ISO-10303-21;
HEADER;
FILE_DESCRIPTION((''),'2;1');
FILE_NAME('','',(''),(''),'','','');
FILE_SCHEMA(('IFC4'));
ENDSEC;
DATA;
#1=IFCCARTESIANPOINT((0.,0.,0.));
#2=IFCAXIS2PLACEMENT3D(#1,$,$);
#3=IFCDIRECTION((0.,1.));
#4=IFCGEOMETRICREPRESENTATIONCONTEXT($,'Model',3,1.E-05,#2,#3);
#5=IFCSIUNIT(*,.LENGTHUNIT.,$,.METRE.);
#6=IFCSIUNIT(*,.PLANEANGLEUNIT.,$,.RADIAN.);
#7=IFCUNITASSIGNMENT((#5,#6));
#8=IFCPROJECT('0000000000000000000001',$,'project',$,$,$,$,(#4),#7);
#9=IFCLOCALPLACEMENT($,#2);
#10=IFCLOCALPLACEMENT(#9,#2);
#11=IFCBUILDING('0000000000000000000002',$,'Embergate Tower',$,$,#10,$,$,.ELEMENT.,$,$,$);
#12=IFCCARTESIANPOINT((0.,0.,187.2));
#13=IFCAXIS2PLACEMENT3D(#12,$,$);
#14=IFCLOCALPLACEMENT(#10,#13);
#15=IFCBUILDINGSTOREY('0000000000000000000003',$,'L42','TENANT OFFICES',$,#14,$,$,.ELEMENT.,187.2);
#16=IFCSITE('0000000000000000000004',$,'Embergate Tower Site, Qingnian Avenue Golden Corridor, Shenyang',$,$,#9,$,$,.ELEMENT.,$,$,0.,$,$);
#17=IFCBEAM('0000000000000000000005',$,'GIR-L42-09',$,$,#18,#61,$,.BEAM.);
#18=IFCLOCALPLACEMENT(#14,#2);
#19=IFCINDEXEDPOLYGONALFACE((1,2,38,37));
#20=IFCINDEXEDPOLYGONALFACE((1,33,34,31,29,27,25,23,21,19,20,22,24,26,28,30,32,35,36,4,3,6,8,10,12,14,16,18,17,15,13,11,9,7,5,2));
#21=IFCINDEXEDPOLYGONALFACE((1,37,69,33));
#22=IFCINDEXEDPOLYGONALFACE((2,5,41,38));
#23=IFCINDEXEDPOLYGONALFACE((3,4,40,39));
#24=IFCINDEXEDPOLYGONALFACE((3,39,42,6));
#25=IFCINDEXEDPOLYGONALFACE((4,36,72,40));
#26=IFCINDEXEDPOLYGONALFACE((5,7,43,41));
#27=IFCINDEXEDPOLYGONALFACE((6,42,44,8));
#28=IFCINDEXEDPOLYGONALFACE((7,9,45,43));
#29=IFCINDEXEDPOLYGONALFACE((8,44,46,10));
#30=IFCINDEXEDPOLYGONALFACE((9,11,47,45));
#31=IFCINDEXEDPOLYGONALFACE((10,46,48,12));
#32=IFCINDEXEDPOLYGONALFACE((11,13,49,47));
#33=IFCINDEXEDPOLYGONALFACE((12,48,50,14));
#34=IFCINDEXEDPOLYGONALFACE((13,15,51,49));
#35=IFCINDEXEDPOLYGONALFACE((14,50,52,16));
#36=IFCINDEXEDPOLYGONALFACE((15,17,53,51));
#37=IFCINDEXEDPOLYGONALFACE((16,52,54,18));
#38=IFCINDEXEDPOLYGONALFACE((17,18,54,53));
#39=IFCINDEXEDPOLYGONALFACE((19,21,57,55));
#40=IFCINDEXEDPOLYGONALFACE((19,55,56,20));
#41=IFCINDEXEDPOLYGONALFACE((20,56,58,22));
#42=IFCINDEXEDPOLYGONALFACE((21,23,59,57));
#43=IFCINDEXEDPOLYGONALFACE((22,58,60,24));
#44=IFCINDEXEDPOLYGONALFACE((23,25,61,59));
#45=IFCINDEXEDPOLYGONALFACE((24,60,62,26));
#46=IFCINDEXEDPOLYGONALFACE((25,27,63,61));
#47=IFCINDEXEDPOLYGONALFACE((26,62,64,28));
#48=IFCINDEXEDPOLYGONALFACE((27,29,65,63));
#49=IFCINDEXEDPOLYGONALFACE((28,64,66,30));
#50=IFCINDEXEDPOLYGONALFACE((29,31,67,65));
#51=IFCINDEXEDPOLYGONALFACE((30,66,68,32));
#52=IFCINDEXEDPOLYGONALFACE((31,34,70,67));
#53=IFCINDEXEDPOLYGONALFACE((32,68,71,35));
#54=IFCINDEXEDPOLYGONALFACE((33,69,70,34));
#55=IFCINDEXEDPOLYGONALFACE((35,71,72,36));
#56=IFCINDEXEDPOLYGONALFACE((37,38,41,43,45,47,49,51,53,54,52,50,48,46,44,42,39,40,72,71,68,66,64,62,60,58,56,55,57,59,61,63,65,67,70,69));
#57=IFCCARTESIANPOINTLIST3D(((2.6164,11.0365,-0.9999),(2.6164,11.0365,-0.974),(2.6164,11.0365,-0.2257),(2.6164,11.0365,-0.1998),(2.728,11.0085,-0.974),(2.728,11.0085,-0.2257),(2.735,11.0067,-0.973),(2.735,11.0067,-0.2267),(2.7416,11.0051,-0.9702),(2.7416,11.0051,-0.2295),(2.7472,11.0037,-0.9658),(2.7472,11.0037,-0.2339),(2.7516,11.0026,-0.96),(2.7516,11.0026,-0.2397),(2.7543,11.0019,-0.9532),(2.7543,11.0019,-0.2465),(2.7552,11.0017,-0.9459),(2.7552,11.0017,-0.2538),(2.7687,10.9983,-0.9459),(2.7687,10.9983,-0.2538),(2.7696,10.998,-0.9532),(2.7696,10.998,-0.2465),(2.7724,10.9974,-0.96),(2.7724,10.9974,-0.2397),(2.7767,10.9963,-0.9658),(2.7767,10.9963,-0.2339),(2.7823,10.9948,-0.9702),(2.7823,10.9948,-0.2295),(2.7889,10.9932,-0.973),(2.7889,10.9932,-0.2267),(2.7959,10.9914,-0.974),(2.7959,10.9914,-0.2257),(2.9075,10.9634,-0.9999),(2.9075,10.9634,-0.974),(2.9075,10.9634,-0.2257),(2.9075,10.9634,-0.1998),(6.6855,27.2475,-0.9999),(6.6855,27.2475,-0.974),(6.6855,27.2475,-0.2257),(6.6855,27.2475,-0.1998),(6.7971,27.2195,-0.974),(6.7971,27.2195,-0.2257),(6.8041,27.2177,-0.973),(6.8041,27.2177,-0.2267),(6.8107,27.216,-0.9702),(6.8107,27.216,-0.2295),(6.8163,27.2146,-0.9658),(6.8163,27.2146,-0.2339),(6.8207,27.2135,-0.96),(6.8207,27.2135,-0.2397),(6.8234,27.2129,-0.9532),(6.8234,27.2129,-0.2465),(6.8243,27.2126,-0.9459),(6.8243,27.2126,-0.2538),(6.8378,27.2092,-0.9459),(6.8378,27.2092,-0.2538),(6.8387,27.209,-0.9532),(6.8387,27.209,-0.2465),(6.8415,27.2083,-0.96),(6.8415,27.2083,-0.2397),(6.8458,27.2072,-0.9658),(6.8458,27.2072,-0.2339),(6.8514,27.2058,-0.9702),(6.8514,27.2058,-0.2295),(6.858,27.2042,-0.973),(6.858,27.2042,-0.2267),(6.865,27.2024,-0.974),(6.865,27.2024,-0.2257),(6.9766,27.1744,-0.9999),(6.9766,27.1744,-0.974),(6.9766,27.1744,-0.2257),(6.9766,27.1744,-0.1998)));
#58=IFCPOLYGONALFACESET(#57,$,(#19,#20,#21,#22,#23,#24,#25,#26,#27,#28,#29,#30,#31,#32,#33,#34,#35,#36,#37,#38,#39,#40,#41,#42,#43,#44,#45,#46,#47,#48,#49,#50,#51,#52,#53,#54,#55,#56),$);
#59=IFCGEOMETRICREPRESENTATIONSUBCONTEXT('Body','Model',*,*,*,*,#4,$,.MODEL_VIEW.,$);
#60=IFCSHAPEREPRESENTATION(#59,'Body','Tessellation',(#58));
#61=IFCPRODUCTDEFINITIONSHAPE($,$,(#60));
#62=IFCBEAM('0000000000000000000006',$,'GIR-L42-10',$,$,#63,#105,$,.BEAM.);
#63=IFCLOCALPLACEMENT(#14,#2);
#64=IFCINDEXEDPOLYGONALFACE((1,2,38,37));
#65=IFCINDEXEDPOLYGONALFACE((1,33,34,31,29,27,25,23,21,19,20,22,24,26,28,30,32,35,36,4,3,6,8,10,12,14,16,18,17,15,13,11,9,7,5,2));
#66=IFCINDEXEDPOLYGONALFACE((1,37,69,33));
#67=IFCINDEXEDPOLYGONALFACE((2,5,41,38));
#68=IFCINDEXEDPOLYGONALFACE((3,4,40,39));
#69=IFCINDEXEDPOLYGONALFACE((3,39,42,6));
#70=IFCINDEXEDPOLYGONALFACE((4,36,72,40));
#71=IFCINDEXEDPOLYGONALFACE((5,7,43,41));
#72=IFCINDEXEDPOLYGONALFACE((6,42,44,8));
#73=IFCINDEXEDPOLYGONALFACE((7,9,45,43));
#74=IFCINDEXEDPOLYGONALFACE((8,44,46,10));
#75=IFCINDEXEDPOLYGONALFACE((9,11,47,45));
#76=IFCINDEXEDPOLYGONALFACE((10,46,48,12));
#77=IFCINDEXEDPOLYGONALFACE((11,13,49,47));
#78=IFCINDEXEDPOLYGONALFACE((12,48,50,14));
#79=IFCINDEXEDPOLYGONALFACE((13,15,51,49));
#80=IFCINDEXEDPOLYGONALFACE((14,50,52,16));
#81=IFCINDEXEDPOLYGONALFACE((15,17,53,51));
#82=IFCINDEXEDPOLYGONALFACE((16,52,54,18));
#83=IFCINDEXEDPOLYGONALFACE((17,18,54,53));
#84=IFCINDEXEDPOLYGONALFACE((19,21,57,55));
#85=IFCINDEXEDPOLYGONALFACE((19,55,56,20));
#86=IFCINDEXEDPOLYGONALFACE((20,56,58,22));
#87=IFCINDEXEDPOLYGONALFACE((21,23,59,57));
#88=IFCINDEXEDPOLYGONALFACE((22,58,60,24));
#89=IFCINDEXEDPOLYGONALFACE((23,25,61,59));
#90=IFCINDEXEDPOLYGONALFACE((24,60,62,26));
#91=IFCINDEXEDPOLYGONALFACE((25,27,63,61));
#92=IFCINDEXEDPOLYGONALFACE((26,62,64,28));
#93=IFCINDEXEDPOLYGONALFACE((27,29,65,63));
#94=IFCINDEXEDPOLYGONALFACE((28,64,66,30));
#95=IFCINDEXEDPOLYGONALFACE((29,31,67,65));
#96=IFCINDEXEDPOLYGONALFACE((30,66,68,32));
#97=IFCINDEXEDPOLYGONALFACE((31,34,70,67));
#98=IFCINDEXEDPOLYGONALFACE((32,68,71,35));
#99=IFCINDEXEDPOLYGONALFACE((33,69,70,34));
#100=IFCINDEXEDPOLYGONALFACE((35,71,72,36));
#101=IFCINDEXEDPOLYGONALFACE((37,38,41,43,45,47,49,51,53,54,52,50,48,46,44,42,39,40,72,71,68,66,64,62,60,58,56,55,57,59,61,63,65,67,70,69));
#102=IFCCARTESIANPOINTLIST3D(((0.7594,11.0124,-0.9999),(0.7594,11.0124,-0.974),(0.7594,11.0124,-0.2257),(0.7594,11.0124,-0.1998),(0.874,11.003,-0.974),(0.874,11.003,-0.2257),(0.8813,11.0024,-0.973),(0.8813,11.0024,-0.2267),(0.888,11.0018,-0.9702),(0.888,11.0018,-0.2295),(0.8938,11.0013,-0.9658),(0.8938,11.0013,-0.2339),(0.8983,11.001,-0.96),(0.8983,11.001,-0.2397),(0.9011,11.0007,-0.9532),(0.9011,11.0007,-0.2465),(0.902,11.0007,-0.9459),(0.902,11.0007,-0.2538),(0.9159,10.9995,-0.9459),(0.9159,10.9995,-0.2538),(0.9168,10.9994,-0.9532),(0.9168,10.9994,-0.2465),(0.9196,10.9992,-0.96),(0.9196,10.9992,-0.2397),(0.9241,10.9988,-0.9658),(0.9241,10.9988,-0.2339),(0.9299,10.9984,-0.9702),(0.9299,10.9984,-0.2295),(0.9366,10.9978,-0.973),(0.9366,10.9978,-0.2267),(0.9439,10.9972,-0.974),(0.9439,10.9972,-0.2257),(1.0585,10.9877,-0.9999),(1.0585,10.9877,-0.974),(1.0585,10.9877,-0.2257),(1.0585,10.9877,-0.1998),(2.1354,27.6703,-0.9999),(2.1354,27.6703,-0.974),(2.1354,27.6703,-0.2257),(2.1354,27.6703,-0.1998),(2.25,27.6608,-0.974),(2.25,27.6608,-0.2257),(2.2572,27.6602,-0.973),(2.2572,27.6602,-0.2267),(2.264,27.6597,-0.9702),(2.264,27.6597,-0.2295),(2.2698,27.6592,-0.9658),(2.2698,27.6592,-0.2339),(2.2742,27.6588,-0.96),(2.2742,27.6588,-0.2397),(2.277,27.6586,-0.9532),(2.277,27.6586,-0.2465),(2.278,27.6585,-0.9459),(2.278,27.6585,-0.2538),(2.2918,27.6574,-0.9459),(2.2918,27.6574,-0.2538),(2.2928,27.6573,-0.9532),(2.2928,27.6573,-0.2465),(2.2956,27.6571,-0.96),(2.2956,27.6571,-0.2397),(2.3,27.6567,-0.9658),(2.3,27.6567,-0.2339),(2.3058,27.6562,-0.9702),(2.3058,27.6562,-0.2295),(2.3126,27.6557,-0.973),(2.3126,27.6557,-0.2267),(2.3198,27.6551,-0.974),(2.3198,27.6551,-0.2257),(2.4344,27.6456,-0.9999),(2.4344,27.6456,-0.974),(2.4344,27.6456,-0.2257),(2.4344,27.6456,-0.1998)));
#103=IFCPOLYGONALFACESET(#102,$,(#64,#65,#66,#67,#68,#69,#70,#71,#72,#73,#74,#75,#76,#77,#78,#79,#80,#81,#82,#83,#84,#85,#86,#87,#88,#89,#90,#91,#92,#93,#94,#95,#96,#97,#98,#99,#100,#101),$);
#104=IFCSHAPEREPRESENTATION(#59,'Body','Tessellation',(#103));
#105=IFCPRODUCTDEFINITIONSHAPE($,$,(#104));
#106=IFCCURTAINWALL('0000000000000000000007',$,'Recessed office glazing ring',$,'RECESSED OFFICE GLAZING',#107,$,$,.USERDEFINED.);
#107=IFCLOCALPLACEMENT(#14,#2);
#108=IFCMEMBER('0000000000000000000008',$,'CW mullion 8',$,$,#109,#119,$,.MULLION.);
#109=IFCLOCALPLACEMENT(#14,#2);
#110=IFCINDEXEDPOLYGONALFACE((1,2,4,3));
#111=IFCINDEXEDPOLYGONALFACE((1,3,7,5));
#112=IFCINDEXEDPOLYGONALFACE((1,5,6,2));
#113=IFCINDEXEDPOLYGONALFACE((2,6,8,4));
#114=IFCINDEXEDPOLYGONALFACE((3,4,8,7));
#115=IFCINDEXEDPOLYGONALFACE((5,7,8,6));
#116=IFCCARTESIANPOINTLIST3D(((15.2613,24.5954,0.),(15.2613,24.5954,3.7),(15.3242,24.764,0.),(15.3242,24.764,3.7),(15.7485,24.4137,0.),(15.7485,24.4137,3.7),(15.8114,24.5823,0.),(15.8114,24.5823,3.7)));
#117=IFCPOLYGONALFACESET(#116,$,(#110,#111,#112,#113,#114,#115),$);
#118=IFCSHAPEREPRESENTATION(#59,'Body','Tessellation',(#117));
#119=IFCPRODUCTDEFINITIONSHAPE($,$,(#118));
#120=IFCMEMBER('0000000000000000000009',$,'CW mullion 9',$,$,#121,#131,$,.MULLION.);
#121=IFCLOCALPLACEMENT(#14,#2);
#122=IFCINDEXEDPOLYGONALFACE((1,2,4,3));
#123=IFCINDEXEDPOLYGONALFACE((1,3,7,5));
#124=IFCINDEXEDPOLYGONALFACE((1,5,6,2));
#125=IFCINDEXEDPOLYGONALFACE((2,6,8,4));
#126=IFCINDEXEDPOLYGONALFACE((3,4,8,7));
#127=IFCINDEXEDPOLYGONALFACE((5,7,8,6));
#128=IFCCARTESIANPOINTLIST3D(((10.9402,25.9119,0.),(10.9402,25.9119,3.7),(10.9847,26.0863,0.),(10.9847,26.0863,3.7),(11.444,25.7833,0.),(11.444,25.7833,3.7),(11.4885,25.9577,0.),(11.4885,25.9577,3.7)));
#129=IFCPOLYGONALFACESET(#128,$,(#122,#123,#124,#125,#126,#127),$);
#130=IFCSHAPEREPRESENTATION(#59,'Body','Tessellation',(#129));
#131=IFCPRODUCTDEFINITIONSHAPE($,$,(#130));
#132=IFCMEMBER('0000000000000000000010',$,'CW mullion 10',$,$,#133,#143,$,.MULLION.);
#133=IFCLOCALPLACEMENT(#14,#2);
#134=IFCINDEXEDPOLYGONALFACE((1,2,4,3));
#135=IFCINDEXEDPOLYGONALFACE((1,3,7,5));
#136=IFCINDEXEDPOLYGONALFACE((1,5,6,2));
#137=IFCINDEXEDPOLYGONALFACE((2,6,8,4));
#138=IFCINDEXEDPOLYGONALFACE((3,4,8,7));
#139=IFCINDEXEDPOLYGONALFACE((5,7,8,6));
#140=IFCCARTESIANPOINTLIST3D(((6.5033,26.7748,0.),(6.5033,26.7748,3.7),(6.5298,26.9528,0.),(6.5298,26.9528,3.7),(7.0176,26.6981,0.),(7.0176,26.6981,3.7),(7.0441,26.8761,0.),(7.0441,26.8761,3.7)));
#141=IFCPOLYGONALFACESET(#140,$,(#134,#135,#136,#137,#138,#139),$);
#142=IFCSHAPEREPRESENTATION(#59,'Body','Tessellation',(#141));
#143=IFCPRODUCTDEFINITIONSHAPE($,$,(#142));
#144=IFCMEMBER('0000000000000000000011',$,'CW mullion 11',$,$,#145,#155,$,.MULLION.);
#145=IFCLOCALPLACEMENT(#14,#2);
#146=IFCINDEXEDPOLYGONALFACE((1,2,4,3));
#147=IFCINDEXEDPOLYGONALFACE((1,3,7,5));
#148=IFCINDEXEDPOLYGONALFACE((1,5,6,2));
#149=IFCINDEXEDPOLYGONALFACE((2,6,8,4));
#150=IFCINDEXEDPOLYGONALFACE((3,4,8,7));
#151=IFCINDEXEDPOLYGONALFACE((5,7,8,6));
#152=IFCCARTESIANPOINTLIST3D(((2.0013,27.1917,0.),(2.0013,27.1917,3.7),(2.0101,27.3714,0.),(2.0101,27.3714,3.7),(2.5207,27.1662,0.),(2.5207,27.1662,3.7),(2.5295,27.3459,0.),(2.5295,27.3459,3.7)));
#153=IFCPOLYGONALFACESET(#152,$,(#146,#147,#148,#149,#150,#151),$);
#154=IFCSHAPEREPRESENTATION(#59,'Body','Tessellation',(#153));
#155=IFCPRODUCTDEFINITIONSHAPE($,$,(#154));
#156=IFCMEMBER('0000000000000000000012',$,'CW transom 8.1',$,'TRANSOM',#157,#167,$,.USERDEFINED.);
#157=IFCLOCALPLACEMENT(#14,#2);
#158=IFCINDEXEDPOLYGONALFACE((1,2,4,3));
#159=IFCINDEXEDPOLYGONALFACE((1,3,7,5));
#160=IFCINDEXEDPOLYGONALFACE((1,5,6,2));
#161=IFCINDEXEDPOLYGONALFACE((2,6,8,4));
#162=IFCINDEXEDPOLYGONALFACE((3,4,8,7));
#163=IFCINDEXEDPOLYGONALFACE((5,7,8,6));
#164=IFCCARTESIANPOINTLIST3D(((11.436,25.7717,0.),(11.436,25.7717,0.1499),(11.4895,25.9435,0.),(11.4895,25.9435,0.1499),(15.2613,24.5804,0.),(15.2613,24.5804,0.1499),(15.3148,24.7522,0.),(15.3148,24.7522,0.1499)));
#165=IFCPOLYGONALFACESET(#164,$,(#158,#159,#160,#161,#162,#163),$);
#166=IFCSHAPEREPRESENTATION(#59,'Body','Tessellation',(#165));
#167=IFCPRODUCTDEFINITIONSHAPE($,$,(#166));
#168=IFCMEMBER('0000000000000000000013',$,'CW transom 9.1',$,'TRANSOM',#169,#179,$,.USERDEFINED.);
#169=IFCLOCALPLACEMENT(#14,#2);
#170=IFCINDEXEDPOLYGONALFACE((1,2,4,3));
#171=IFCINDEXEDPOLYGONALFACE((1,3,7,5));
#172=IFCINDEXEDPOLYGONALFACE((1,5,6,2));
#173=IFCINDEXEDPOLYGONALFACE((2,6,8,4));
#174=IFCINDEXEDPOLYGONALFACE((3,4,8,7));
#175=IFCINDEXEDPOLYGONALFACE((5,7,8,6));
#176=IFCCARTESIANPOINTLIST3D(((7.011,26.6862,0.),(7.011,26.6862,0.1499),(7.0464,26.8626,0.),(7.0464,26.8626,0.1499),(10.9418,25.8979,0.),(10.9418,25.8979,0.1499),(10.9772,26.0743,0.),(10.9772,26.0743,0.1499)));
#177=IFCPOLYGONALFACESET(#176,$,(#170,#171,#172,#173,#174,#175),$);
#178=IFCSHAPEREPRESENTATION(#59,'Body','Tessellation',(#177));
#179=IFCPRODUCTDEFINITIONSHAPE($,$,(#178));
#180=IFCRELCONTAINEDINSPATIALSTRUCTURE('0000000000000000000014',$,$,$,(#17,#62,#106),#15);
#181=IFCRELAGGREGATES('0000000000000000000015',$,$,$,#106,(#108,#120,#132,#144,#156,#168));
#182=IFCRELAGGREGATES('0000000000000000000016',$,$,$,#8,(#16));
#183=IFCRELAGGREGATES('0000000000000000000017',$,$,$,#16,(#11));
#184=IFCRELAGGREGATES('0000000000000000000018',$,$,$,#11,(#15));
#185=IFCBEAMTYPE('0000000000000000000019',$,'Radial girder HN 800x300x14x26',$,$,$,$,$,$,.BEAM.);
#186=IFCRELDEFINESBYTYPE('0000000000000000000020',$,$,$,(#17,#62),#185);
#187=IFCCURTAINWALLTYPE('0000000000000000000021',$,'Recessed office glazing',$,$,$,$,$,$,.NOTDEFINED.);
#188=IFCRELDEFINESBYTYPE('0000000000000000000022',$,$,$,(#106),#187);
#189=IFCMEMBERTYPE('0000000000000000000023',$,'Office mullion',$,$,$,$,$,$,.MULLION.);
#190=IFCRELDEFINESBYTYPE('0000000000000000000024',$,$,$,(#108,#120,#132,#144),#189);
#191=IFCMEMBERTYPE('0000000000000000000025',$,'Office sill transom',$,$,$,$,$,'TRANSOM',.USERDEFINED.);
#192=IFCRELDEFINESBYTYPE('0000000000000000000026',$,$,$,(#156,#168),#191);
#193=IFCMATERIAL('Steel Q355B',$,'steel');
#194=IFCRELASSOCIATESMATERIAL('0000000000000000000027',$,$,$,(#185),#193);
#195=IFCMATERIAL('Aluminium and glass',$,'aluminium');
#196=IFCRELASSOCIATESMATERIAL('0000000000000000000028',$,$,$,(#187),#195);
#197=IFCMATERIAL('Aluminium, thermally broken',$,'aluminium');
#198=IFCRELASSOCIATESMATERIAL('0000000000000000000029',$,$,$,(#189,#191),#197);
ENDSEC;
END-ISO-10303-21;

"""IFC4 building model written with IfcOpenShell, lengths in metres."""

from ifc_helpers import new_model, si_unit, direction, frame, origin, origin_2d, place, context, subcontext, project, spatial, rectangle, i_section, extrude, source, transform, mapped, material, material_profile, profile_set, type_object, element, aggregate, save


model = new_model("IFC4")

# Units and contexts
model_context = context("Model", 3, precision=1e-05, world=origin(), true_north=direction((0.0, 1.0)))
body_context = subcontext(model_context, "Body", "Model", "MODEL_VIEW")
ifc_project = project(units=[si_unit("LENGTHUNIT", "METRE"), si_unit("PLANEANGLEUNIT", "RADIAN")], contexts=[model_context])

# Site, building, storey
site_placement = place(None, origin())
site = spatial("IfcSite", under=ifc_project, at=site_placement, Name="Embergate Tower Site, Qingnian Avenue Golden Corridor, Shenyang", CompositionType="ELEMENT", RefElevation=0.0)
building_placement = place(site_placement, origin())
building = spatial("IfcBuilding", under=site, at=building_placement, Name="Embergate Tower", CompositionType="ELEMENT")
storey_placement = place(building_placement, frame((0.0, 0.0, 187.2)))
storey = spatial("IfcBuildingStorey", under=building, at=storey_placement, Name="L42", Description="TENANT OFFICES", CompositionType="ELEMENT", Elevation=187.2)

# Beams
ifc_material_1 = material(Name="Steel Q355B", Category="steel")
ifc_material_profile_1 = material_profile(ifc_material_1, i_section(OverallWidth=0.3, OverallDepth=0.8, WebThickness=0.0139, FlangeThickness=0.0259, FilletRadius=0.0281, at=origin_2d()), Name="HN 800x300x14x26")
ifc_profile_set_1 = profile_set([ifc_material_profile_1], Name="Steel Q355 grade B")
beam_type_1 = type_object("IfcBeamType", Name="Radial girder HN 800x300x14x26", PredefinedType="BEAM", material=ifc_profile_set_1)
shared_shape_1 = source(origin(), body_context, "Body", "SweptSolid", [
    extrude(i_section(OverallWidth=0.3, OverallDepth=0.8, WebThickness=0.0139, FlangeThickness=0.0259, FilletRadius=0.0281, at=origin_2d()), origin(), (0.0, 0.0, 1.0), 16.7139),
])
beam_1_placement = place(storey_placement, frame((6.8311, 27.2109, -0.5999), z_axis=(-0.243457, -0.969912, 0.0), x_axis=(0.969912, -0.243457, 0.0)))
element("IfcBeam", 1, at=beam_1_placement, inside=storey, type_object=beam_type_1, Name="GIR-L42-09", PredefinedType="BEAM", context=body_context, shape_type="MappedRepresentation", body=[
    mapped(shared_shape_1, transform((0.0, 0.0, 0.0))),
])
shared_shape_2 = source(origin(), body_context, "Body", "SweptSolid", [
    extrude(i_section(OverallWidth=0.3, OverallDepth=0.8, WebThickness=0.0139, FlangeThickness=0.0259, FilletRadius=0.0281, at=origin_2d()), origin(), (0.0, 0.0, 1.0), 16.7146),
])
beam_2_placement = place(storey_placement, frame((2.2849, 27.658, -0.5999), z_axis=(-0.082321, -0.996606, 0.0), x_axis=(0.996606, -0.082321, 0.0)))
element("IfcBeam", 2, at=beam_2_placement, inside=storey, type_object=beam_type_1, Name="GIR-L42-10", PredefinedType="BEAM", context=body_context, shape_type="MappedRepresentation", body=[
    mapped(shared_shape_2, transform((0.0, 0.0, 0.0))),
])

# Curtain wall, members
ifc_material_2 = material(Name="Aluminium and glass", Category="aluminium")
curtain_wall_type = type_object("IfcCurtainWallType", Name="Recessed office glazing", PredefinedType="NOTDEFINED", material=ifc_material_2)
curtain_wall_placement = place(storey_placement, origin())
curtain_wall = element("IfcCurtainWall", 3, at=curtain_wall_placement, inside=storey, type_object=curtain_wall_type, Name="Recessed office glazing ring", ObjectType="RECESSED OFFICE GLAZING", PredefinedType="USERDEFINED")
ifc_material_3 = material(Name="Aluminium, thermally broken", Category="aluminium")
ifc_material_profile_2 = material_profile(ifc_material_3, rectangle(XDim=0.1799, YDim=0.52, at=origin_2d()), Name="AL 520x180")
ifc_profile_set_2 = profile_set([ifc_material_profile_2], Name="Aluminium, thermally broken")
member_type_1 = type_object("IfcMemberType", Name="Office mullion", PredefinedType="MULLION", material=ifc_profile_set_2)
shared_shape_3 = source(origin(), body_context, "Body", "SweptSolid", [
    extrude(rectangle(XDim=0.1799, YDim=0.52, at=origin_2d()), origin(), (0.0, 0.0, 1.0), 3.7),
])
member_1_placement = place(storey_placement, frame((15.5364, 24.5889, 0.0), z_axis=(0.0, 0.0, 1.0), x_axis=(-0.349504, -0.936935, 0.0)))
member_1 = element("IfcMember", 4, at=member_1_placement, type_object=member_type_1, Name="CW mullion 8", PredefinedType="MULLION", context=body_context, shape_type="MappedRepresentation", body=[
    mapped(shared_shape_3, transform((0.0, 0.0, 0.0))),
])
member_2_placement = place(storey_placement, frame((11.2144, 25.9348, 0.0), z_axis=(0.0, 0.0, 1.0), x_axis=(-0.247314, -0.968935, 0.0)))
member_2 = element("IfcMember", 5, at=member_2_placement, type_object=member_type_1, Name="CW mullion 9", PredefinedType="MULLION", context=body_context, shape_type="MappedRepresentation", body=[
    mapped(shared_shape_3, transform((0.0, 0.0, 0.0))),
])
member_3_placement = place(storey_placement, frame((6.7737, 26.8254, 0.0), z_axis=(0.0, 0.0, 1.0), x_axis=(-0.147412, -0.989075, 0.0)))
member_3 = element("IfcMember", 6, at=member_3_placement, type_object=member_type_1, Name="CW mullion 10", PredefinedType="MULLION", context=body_context, shape_type="MappedRepresentation", body=[
    mapped(shared_shape_3, transform((0.0, 0.0, 0.0))),
])
member_4_placement = place(storey_placement, frame((2.2654, 27.2688, 0.0), z_axis=(0.0, 0.0, 1.0), x_axis=(-0.048972, -0.9988, 0.0)))
member_4 = element("IfcMember", 7, at=member_4_placement, type_object=member_type_1, Name="CW mullion 11", PredefinedType="MULLION", context=body_context, shape_type="MappedRepresentation", body=[
    mapped(shared_shape_3, transform((0.0, 0.0, 0.0))),
])
ifc_material_profile_3 = material_profile(ifc_material_3, rectangle(XDim=0.1799, YDim=0.1499, at=origin_2d()), Name="AL 150x180")
ifc_profile_set_3 = profile_set([ifc_material_profile_3], Name="Aluminium, thermally broken")
member_type_2 = type_object("IfcMemberType", Name="Office sill transom", ElementType="TRANSOM", PredefinedType="USERDEFINED", material=ifc_profile_set_3)
shared_shape_4 = source(origin(), body_context, "Body", "SweptSolid", [
    extrude(rectangle(XDim=0.1799, YDim=0.1499, at=origin_2d()), origin(), (0.0, 0.0, 1.0), 4.0066),
])
member_5_placement = place(storey_placement, frame((15.2881, 24.6663, 0.075), z_axis=(-0.954767, 0.297355, 0.0), x_axis=(-0.297355, -0.954767, 0.0)))
member_5 = element("IfcMember", 8, at=member_5_placement, type_object=member_type_2, Name="CW transom 8.1", ObjectType="TRANSOM", PredefinedType="USERDEFINED", context=body_context, shape_type="MappedRepresentation", body=[
    mapped(shared_shape_4, transform((0.0, 0.0, 0.0))),
])
shared_shape_5 = source(origin(), body_context, "Body", "SweptSolid", [
    extrude(rectangle(XDim=0.1799, YDim=0.1499, at=origin_2d()), origin(), (0.0, 0.0, 1.0), 4.009),
])
member_6_placement = place(storey_placement, frame((10.9595, 25.9861, 0.075), z_axis=(-0.980475, 0.196643, 0.0), x_axis=(-0.196643, -0.980475, 0.0)))
member_6 = element("IfcMember", 9, at=member_6_placement, type_object=member_type_2, Name="CW transom 9.1", ObjectType="TRANSOM", PredefinedType="USERDEFINED", context=body_context, shape_type="MappedRepresentation", body=[
    mapped(shared_shape_5, transform((0.0, 0.0, 0.0))),
])
aggregate(curtain_wall, [member_1, member_2, member_3, member_4, member_5, member_6])

save(model, "model.ifc")
